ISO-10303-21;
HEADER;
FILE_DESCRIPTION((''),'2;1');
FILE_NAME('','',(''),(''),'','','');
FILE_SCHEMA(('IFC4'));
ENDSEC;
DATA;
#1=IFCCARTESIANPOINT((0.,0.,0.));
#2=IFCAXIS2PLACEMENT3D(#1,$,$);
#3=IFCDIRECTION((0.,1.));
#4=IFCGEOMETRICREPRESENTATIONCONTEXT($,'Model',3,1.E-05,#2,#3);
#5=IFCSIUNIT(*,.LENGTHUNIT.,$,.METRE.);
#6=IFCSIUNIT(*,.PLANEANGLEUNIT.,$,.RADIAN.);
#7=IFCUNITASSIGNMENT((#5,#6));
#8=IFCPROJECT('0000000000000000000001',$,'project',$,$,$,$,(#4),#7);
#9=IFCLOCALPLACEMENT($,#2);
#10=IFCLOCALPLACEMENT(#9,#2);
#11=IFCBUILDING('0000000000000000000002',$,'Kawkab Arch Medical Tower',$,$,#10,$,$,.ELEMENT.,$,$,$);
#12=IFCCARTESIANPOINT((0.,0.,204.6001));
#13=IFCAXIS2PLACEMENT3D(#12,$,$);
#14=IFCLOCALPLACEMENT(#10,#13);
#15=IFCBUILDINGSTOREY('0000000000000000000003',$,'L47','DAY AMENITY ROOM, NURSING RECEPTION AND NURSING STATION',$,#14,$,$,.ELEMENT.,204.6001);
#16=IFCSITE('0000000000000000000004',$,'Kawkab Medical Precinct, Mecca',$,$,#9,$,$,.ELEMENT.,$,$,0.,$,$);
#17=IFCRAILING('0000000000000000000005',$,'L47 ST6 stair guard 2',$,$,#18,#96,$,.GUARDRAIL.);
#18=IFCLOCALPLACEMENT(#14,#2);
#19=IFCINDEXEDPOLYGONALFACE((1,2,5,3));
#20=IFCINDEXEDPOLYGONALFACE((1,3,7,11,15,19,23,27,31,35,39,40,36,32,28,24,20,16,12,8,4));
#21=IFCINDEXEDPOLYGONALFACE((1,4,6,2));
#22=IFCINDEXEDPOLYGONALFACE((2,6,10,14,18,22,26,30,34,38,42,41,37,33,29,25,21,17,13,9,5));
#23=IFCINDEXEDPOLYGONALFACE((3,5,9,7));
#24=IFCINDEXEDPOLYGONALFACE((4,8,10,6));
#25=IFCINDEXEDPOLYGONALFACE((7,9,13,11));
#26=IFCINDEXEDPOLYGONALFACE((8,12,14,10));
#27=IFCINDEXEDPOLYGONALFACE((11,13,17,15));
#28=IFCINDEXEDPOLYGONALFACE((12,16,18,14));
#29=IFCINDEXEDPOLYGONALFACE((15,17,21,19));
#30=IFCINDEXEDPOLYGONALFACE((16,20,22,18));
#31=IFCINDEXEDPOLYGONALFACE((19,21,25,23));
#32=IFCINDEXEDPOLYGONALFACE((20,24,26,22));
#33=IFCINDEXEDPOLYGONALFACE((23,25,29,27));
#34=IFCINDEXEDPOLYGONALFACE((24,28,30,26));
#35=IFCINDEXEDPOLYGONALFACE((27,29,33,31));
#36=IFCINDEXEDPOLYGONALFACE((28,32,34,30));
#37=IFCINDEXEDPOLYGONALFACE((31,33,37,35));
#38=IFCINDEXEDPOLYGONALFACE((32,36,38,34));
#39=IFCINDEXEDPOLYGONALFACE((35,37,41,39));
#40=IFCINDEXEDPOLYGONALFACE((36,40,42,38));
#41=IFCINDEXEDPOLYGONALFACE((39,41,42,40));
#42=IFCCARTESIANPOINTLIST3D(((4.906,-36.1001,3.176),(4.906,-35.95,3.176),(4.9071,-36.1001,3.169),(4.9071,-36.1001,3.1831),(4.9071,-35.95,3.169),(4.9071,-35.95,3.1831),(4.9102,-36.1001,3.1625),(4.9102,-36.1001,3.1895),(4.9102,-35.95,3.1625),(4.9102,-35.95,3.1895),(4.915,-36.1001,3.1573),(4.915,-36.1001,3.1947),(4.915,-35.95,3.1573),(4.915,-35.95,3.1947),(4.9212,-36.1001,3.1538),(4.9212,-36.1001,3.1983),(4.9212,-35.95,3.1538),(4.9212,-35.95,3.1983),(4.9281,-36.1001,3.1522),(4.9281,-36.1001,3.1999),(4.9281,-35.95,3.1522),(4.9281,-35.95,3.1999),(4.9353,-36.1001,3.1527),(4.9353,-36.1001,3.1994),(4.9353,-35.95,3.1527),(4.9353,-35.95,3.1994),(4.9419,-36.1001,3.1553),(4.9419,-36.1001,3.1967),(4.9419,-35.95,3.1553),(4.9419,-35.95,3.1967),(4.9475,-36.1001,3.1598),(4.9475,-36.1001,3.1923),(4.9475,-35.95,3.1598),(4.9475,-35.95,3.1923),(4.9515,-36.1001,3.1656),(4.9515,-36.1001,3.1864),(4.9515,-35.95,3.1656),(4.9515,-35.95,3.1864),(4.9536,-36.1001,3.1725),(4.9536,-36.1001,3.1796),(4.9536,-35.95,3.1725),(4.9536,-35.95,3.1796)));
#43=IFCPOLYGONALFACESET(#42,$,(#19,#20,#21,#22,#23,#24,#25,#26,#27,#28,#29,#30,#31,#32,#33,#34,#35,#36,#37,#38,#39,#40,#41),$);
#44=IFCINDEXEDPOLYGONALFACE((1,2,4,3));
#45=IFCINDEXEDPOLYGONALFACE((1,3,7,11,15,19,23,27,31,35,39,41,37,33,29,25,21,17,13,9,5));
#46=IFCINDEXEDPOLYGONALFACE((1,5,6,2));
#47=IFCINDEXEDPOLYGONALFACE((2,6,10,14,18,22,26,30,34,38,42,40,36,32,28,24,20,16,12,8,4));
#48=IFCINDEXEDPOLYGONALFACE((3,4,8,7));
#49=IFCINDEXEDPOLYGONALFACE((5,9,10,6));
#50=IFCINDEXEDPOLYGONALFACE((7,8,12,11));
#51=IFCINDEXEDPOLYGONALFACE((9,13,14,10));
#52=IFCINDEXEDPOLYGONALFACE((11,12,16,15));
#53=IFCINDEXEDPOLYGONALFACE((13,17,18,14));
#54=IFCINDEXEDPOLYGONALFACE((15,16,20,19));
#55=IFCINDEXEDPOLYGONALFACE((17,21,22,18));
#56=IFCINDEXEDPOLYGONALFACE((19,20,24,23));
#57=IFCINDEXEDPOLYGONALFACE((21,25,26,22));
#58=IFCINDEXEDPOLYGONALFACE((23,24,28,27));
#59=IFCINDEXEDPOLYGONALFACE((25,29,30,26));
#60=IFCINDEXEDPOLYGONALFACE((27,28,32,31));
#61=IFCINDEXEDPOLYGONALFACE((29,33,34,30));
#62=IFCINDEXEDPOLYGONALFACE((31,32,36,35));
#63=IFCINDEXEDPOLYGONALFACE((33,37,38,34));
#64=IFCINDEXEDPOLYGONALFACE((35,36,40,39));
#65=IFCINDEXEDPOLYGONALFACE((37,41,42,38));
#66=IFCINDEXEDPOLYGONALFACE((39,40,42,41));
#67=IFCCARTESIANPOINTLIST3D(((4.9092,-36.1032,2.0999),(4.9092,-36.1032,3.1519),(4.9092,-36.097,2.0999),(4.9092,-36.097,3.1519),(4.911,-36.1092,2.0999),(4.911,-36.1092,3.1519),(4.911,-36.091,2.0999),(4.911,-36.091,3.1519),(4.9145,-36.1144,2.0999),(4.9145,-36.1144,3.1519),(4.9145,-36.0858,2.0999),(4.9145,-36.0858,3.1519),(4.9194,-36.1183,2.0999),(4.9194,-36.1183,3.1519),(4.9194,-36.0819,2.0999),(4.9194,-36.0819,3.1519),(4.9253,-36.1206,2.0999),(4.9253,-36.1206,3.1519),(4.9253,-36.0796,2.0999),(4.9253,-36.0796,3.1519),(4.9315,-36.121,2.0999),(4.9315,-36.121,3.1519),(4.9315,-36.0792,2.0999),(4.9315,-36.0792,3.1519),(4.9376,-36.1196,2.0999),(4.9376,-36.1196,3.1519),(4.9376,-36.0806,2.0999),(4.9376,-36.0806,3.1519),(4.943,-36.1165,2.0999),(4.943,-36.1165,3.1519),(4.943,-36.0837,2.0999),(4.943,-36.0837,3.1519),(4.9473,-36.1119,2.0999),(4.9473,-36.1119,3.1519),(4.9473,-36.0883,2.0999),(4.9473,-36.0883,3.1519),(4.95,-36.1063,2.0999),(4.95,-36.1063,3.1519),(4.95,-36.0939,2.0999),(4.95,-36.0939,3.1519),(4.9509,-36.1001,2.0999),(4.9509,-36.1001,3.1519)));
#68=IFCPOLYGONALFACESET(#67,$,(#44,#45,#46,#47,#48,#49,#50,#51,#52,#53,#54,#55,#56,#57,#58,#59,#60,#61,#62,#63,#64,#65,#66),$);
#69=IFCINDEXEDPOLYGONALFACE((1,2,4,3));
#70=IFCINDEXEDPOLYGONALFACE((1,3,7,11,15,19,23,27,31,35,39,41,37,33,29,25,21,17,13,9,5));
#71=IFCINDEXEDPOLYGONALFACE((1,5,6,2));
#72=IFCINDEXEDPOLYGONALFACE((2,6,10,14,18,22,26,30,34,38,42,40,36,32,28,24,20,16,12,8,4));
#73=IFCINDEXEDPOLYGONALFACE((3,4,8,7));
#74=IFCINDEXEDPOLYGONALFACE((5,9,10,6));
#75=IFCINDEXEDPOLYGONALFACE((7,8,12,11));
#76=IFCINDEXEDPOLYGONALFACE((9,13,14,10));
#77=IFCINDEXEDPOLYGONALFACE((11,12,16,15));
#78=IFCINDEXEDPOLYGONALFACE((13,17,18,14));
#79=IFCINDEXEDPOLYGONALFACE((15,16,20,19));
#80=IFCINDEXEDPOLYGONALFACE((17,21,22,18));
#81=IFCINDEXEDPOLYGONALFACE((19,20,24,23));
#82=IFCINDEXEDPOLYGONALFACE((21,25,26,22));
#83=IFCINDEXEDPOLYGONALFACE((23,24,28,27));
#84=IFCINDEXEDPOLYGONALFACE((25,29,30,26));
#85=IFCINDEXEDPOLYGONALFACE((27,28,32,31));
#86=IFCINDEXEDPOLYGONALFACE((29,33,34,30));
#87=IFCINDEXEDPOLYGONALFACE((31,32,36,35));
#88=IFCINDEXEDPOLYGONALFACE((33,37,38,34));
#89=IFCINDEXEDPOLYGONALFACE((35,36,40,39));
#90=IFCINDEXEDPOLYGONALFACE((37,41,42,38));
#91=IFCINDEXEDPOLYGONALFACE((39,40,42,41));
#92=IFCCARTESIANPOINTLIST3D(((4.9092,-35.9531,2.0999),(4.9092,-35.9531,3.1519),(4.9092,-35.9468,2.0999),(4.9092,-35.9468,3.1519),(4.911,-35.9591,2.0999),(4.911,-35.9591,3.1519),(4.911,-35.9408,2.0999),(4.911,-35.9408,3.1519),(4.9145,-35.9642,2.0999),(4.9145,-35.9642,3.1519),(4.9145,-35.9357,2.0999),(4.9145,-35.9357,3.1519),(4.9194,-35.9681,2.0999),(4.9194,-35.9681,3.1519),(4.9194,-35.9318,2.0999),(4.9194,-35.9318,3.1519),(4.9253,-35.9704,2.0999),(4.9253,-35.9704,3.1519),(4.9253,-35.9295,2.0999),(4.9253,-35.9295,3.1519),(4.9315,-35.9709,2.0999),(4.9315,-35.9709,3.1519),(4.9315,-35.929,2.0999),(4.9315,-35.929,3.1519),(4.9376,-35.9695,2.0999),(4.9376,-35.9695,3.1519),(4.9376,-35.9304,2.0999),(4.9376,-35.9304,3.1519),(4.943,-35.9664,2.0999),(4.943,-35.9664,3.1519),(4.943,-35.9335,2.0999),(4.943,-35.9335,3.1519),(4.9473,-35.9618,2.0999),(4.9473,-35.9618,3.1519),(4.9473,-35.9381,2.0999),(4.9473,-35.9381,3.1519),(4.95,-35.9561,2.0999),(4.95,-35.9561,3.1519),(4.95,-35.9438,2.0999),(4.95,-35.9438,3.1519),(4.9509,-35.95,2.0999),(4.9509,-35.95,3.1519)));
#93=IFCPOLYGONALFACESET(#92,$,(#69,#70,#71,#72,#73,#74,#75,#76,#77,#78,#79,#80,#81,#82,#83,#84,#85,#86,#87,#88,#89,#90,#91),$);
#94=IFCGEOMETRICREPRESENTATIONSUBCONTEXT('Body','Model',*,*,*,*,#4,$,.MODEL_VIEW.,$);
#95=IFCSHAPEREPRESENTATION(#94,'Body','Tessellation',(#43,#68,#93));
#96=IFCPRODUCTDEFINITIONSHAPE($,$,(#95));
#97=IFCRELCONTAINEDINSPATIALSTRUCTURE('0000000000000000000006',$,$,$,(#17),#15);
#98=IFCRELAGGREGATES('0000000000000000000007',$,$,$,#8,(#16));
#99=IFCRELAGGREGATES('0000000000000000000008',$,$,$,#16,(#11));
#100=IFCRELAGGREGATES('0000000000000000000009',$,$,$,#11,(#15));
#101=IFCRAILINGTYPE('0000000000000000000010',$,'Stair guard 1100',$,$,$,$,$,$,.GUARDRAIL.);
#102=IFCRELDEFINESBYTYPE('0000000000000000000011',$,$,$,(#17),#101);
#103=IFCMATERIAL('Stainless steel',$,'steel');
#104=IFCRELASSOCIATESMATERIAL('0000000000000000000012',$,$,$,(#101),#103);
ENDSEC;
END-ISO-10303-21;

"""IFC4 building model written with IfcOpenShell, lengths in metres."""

from ifc_helpers import new_model, si_unit, direction, frame, origin, origin_2d, place, context, subcontext, project, spatial, circle, extrude, material, type_object, element, save


model = new_model("IFC4")

# Units and contexts
model_context = context("Model", 3, precision=1e-05, world=origin(), true_north=direction((0.0, 1.0)))
body_context = subcontext(model_context, "Body", "Model", "MODEL_VIEW")
ifc_project = project(units=[si_unit("LENGTHUNIT", "METRE"), si_unit("PLANEANGLEUNIT", "RADIAN")], contexts=[model_context])

# Site, building, storey
site_placement = place(None, origin())
site = spatial("IfcSite", under=ifc_project, at=site_placement, Name="Kawkab Medical Precinct, Mecca", CompositionType="ELEMENT", RefElevation=0.0)
building_placement = place(site_placement, origin())
building = spatial("IfcBuilding", under=site, at=building_placement, Name="Kawkab Arch Medical Tower", CompositionType="ELEMENT")
storey_placement = place(building_placement, frame((0.0, 0.0, 204.6001)))
storey = spatial("IfcBuildingStorey", under=building, at=storey_placement, Name="L47", Description="DAY AMENITY ROOM, NURSING RECEPTION AND NURSING STATION", CompositionType="ELEMENT", Elevation=204.6001)

# Railing
ifc_material_1 = material(Name="Stainless steel", Category="steel")
railing_type = type_object("IfcRailingType", Name="Stair guard 1100", PredefinedType="GUARDRAIL", material=ifc_material_1)
railing_1_placement = place(storey_placement, frame((4.9299, -36.1001, 2.0999)))
element("IfcRailing", 1, at=railing_1_placement, inside=storey, type_object=railing_type, Name="L47 ST6 stair guard 2", PredefinedType="GUARDRAIL", context=body_context, shape_type="SweptSolid", body=[
    extrude(circle(Radius=0.0239, at=origin_2d()), frame((0.0, 0.0, 1.0762), z_axis=(0.0, 1.0, 0.0), x_axis=(-1.0, 0.0, 0.0)), (0.0, 0.0, 1.0), 0.1501),
    extrude(circle(Radius=0.021, at=origin_2d()), origin(), (0.0, 0.0, 1.0), 1.052),
    extrude(circle(Radius=0.021, at=origin_2d()), frame((0.0, 0.1501, 0.0)), (0.0, 0.0, 1.0), 1.052),
])

save(model, "model.ifc")
